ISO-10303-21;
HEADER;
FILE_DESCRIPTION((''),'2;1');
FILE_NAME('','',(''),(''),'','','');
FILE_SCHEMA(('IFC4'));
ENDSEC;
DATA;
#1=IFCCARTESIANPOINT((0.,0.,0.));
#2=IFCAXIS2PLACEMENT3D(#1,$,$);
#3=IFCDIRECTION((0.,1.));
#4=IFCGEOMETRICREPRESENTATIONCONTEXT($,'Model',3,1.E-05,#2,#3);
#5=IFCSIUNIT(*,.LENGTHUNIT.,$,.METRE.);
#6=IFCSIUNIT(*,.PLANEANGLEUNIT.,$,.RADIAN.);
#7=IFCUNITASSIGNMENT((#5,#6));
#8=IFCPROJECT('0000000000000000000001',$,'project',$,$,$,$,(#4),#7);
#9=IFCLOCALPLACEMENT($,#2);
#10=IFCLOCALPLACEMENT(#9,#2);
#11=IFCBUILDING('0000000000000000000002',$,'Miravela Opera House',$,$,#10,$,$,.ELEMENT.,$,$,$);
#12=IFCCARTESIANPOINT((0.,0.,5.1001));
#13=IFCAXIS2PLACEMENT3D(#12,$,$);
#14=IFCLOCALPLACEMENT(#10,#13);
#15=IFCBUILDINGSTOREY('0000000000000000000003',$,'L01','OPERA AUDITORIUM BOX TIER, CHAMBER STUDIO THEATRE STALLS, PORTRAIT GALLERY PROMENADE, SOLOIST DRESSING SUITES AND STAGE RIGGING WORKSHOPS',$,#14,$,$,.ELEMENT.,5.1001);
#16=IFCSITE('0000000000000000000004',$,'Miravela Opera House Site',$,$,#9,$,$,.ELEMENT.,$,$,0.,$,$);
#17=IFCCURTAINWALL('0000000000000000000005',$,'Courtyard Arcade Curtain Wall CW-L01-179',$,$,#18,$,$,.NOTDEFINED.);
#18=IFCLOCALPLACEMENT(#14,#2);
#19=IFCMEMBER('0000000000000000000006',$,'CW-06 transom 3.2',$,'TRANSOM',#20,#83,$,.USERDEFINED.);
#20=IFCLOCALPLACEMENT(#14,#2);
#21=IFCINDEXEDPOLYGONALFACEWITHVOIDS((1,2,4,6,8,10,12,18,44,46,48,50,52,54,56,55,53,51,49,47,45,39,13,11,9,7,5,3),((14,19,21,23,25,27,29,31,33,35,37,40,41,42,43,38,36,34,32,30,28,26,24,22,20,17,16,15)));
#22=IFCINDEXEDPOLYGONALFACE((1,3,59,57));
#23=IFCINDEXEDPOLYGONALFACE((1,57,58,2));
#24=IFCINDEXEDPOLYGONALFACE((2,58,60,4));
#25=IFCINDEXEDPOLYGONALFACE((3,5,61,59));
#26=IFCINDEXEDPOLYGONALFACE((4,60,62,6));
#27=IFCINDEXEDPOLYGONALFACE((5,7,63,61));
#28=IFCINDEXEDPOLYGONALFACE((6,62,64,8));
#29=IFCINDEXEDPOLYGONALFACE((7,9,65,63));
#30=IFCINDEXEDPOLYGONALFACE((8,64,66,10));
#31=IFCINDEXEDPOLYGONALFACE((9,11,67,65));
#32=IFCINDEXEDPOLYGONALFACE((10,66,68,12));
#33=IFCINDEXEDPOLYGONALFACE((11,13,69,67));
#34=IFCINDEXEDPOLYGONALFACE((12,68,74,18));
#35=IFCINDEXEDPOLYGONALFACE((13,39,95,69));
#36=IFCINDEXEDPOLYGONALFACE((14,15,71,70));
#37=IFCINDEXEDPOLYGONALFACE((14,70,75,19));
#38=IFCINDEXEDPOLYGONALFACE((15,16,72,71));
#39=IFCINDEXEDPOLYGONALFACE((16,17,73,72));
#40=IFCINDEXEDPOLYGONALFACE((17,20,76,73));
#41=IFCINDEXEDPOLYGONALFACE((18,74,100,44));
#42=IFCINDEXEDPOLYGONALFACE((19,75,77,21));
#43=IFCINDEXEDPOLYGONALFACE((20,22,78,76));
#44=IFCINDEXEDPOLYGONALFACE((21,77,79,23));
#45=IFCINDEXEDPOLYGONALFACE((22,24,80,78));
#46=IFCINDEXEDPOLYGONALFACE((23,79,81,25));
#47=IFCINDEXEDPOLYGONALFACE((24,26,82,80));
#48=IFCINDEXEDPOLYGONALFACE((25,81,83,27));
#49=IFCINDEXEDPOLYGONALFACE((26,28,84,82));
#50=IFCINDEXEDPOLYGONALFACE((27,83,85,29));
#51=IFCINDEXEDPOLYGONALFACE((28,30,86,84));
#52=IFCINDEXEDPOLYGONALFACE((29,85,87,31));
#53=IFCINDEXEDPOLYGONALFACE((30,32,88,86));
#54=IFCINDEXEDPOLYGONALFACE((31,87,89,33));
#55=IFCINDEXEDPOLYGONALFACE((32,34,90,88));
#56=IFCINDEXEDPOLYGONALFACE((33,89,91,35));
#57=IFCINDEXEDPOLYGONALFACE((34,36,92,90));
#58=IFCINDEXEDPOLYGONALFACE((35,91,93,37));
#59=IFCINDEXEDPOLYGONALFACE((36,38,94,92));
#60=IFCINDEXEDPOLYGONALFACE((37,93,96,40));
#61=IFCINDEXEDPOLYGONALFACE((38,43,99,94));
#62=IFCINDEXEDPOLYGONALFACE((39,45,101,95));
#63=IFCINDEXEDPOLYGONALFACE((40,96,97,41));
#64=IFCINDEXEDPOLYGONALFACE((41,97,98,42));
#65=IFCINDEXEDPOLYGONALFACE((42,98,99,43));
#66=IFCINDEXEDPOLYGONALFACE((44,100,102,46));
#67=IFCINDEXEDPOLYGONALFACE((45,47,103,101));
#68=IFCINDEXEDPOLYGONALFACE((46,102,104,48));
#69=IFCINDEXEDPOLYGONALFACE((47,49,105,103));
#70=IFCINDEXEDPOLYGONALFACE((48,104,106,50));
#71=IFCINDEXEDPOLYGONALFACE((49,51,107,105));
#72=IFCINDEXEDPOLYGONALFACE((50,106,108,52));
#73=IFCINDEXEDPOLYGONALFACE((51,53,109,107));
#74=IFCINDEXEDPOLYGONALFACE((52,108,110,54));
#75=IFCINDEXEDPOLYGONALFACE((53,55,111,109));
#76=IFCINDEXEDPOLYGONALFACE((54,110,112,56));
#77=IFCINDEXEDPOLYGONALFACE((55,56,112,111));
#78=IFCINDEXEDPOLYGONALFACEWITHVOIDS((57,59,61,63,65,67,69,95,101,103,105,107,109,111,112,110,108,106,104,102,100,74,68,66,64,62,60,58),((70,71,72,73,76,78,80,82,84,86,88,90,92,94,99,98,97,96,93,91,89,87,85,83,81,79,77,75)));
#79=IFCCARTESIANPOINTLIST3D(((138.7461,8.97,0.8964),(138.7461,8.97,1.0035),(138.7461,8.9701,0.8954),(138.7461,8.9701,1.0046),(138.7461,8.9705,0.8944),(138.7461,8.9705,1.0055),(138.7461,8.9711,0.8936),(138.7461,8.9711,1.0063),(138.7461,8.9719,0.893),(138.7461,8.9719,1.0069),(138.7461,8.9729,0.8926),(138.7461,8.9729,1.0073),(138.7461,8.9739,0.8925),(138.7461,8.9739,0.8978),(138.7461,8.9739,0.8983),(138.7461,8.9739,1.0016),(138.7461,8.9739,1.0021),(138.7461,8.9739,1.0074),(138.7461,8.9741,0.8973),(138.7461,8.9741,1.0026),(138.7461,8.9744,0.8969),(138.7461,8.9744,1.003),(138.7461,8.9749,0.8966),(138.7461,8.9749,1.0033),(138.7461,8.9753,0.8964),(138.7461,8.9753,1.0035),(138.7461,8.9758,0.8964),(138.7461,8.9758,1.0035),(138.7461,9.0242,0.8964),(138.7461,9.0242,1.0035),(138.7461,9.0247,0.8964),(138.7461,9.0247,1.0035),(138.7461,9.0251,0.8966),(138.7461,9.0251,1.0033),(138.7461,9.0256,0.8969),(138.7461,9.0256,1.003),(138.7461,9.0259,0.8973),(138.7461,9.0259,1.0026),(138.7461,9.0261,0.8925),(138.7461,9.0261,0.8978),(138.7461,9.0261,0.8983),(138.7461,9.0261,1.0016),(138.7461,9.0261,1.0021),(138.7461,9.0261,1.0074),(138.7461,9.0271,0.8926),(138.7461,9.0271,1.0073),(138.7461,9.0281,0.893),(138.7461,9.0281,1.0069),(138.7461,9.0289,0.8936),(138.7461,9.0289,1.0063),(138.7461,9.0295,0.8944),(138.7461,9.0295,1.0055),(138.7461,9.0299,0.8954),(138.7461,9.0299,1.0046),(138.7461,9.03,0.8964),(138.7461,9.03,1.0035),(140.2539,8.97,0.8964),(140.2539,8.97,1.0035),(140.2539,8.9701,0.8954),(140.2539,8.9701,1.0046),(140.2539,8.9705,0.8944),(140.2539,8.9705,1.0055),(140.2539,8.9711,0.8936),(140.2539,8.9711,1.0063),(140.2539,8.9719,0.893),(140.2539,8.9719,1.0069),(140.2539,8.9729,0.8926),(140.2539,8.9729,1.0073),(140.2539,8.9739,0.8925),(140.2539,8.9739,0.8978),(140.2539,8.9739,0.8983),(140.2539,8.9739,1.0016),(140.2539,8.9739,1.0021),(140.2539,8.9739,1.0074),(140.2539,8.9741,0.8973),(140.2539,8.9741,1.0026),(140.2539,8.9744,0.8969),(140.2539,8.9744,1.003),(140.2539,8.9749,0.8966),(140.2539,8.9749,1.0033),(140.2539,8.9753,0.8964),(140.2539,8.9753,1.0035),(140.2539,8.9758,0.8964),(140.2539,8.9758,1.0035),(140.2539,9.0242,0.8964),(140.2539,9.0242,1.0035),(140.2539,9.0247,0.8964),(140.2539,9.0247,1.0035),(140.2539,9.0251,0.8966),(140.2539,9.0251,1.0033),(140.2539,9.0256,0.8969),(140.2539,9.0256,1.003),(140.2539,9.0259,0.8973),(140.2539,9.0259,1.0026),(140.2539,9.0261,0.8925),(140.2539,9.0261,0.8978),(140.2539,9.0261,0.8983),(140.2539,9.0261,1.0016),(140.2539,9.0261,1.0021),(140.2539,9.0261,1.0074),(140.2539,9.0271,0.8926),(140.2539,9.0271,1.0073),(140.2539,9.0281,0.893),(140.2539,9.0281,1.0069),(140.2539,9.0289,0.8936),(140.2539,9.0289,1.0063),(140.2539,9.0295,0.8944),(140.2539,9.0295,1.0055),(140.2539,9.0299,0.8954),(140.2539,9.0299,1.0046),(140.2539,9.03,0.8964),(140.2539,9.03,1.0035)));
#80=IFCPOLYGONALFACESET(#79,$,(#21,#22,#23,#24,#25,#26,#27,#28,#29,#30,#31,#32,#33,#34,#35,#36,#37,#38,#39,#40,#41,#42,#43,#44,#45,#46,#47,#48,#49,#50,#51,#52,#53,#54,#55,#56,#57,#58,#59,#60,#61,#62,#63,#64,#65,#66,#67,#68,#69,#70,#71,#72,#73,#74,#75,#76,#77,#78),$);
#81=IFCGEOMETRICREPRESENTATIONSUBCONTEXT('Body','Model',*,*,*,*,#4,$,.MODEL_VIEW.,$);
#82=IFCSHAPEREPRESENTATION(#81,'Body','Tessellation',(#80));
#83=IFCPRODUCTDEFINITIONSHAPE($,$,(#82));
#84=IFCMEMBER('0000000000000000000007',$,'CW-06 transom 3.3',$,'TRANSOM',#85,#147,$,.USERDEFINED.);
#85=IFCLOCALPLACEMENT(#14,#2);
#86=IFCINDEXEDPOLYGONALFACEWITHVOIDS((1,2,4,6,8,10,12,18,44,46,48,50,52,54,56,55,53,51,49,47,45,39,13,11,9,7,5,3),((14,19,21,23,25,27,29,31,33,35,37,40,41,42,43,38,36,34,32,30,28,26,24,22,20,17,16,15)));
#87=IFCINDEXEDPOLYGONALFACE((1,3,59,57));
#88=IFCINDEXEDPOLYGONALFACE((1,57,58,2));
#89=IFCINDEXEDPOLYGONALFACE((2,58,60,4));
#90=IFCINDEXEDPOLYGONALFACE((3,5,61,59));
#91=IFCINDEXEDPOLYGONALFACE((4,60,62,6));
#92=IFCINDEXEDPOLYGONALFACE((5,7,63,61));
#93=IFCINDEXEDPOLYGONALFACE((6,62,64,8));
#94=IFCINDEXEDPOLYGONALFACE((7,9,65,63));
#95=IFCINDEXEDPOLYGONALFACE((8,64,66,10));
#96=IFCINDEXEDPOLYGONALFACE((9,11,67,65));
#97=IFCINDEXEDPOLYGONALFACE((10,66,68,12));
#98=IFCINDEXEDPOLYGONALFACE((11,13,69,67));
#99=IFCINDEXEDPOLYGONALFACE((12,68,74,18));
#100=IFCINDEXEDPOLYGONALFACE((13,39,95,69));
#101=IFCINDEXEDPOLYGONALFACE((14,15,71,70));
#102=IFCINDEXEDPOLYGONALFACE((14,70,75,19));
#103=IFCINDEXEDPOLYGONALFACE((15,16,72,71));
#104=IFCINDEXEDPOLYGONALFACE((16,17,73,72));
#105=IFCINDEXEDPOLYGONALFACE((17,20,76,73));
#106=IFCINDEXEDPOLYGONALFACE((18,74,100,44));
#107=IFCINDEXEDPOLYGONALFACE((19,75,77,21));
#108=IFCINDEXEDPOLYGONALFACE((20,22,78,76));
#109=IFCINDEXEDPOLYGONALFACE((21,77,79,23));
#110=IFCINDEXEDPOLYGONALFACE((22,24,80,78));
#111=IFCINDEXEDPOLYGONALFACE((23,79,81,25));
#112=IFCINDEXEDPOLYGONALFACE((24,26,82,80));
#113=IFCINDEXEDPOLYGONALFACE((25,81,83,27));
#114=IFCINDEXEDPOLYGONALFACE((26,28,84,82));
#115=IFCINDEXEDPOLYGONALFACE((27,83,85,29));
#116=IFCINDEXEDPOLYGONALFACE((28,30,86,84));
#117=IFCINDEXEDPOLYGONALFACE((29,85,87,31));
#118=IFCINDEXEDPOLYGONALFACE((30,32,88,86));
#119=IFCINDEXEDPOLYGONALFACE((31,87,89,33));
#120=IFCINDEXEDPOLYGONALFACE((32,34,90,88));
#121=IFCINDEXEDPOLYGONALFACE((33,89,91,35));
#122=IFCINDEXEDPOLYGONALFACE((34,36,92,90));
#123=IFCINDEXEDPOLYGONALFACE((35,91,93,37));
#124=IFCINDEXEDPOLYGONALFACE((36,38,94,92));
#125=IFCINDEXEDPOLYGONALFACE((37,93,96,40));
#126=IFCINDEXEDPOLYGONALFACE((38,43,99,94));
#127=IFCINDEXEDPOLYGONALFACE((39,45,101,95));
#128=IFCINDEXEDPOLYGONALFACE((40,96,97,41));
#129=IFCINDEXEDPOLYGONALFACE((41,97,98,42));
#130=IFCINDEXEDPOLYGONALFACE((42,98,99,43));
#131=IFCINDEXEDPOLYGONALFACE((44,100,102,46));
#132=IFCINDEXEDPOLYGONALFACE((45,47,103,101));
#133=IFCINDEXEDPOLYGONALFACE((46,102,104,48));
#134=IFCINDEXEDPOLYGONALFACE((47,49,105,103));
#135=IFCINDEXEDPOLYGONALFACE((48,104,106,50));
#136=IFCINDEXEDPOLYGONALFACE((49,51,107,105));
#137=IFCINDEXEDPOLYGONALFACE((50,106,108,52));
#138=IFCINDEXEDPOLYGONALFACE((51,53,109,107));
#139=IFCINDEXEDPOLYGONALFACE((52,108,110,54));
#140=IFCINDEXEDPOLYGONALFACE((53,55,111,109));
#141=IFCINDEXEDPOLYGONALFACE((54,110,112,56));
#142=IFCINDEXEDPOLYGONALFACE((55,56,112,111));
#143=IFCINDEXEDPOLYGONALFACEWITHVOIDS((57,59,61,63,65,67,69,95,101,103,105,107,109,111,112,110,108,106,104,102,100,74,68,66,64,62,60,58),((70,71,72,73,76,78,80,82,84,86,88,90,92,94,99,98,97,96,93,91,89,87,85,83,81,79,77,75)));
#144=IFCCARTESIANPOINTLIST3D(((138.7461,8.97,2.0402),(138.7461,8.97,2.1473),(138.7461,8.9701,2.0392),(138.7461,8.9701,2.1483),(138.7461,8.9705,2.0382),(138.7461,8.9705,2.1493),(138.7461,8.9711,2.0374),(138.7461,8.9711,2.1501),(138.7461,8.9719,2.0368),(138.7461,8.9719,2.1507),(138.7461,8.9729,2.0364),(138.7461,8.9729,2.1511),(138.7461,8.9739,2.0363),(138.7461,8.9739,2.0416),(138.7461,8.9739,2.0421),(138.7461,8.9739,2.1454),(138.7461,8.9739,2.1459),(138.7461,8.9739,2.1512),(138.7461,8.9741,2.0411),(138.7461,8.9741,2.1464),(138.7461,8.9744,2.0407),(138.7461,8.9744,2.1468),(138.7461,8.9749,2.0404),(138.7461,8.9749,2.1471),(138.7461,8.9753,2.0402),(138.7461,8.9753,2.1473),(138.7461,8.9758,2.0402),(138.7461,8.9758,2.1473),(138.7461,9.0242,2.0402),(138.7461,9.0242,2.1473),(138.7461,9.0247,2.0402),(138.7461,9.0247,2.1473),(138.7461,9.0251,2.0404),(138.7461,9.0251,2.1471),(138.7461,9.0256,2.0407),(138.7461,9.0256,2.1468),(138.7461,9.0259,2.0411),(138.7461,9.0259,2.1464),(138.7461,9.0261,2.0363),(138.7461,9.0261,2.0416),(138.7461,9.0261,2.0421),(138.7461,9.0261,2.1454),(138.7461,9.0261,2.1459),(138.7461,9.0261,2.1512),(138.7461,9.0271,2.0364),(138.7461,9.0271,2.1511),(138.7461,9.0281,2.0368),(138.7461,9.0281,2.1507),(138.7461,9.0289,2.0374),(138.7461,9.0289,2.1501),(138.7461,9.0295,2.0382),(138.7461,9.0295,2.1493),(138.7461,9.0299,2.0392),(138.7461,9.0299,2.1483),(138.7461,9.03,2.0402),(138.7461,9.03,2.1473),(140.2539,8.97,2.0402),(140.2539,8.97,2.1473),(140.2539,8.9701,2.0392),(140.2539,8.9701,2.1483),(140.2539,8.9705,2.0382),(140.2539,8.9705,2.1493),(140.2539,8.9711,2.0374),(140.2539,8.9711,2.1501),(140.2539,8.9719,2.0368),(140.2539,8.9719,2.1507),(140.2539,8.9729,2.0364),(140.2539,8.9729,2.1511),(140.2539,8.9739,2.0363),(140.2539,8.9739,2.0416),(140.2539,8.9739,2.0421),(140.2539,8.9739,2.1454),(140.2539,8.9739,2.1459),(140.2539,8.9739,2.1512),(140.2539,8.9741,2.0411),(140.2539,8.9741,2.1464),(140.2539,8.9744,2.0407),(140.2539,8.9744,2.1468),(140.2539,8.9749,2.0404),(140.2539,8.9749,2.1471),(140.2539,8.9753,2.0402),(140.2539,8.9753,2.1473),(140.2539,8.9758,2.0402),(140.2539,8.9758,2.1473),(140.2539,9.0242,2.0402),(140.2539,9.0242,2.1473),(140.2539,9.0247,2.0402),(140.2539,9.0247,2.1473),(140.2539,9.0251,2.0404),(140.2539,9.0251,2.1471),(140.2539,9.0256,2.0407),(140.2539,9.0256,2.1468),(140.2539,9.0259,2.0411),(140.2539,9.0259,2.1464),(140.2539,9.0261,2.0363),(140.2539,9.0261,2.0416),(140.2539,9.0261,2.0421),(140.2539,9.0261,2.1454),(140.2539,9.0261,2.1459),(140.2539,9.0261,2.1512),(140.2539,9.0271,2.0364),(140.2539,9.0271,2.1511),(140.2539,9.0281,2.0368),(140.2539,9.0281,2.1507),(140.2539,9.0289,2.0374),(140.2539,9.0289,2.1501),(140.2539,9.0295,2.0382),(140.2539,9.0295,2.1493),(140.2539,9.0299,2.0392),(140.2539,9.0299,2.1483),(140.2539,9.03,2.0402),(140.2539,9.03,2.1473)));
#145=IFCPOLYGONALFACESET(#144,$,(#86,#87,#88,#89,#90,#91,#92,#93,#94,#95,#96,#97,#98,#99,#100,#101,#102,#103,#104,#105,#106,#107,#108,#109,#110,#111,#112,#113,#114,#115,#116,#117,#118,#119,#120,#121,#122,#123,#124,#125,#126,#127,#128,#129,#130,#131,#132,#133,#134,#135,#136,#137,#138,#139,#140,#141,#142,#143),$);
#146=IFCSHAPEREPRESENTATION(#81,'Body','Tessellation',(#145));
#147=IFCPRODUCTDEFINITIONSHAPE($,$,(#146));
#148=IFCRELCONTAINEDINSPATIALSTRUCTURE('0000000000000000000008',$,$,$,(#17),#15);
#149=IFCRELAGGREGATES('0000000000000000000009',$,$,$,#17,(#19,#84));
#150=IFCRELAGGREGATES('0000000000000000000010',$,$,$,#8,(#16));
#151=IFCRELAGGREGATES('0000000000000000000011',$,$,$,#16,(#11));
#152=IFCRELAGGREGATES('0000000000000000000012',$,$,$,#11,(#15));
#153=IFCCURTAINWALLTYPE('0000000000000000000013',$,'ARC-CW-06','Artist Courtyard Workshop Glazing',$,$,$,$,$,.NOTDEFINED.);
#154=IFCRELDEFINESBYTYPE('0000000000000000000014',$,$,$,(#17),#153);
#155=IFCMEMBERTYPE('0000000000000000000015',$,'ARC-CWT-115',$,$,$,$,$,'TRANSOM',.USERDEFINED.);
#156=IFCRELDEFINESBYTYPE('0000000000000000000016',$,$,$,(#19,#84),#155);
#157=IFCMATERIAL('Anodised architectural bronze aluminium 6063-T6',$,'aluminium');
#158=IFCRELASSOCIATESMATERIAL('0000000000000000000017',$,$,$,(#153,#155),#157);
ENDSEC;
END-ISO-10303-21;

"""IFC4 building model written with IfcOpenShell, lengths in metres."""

from ifc_helpers import new_model, si_unit, direction, frame, origin, origin_2d, place, context, subcontext, project, spatial, hollow_rectangle, extrude, material, material_profile, profile_set, type_object, element, aggregate, save


model = new_model("IFC4")

# Units and contexts
model_context = context("Model", 3, precision=1e-05, world=origin(), true_north=direction((0.0, 1.0)))
body_context = subcontext(model_context, "Body", "Model", "MODEL_VIEW")
ifc_project = project(units=[si_unit("LENGTHUNIT", "METRE"), si_unit("PLANEANGLEUNIT", "RADIAN")], contexts=[model_context])

# Site, building, storey
site_placement = place(None, origin())
site = spatial("IfcSite", under=ifc_project, at=site_placement, Name="Miravela Opera House Site", CompositionType="ELEMENT", RefElevation=0.0)
building_placement = place(site_placement, origin())
building = spatial("IfcBuilding", under=site, at=building_placement, Name="Miravela Opera House", CompositionType="ELEMENT")
storey_placement = place(building_placement, frame((0.0, 0.0, 5.1001)))
storey = spatial("IfcBuildingStorey", under=building, at=storey_placement, Name="L01", Description="OPERA AUDITORIUM BOX TIER, CHAMBER STUDIO THEATRE STALLS, PORTRAIT GALLERY PROMENADE, SOLOIST DRESSING SUITES AND STAGE RIGGING WORKSHOPS", CompositionType="ELEMENT", Elevation=5.1001)

# Curtain wall, members
ifc_material_1 = material(Name="Anodised architectural bronze aluminium 6063-T6", Category="aluminium")
curtain_wall_type = type_object("IfcCurtainWallType", Name="ARC-CW-06", Description="Artist Courtyard Workshop Glazing", PredefinedType="NOTDEFINED", material=ifc_material_1)
curtain_wall_placement = place(storey_placement, origin())
curtain_wall = element("IfcCurtainWall", 1, at=curtain_wall_placement, inside=storey, type_object=curtain_wall_type, Name="Courtyard Arcade Curtain Wall CW-L01-179", PredefinedType="NOTDEFINED")
ifc_material_profile_1 = material_profile(ifc_material_1, hollow_rectangle(XDim=0.0601, YDim=0.115, WallThickness=0.0039, InnerFilletRadius=0.002, OuterFilletRadius=0.0039, at=origin_2d()), Name="CWT-60X115")
ifc_profile_set_1 = profile_set([ifc_material_profile_1])
member_type_1 = type_object("IfcMemberType", Name="ARC-CWT-115", ElementType="TRANSOM", PredefinedType="USERDEFINED", material=ifc_profile_set_1)
member_1_placement = place(storey_placement, frame((138.7461, 9.0, 0.95), z_axis=(1.0, 0.0, 0.0), x_axis=(0.0, 1.0, 0.0)))
member_1 = element("IfcMember", 2, at=member_1_placement, type_object=member_type_1, Name="CW-06 transom 3.2", ObjectType="TRANSOM", PredefinedType="USERDEFINED", context=body_context, shape_type="SweptSolid", body=[
    extrude(hollow_rectangle(XDim=0.0601, YDim=0.115, WallThickness=0.0039, InnerFilletRadius=0.002, OuterFilletRadius=0.0039, at=origin_2d()), origin(), (0.0, 0.0, 1.0), 1.5078),
])
member_2_placement = place(storey_placement, frame((138.7461, 9.0, 2.0938), z_axis=(1.0, 0.0, 0.0), x_axis=(0.0, 1.0, 0.0)))
member_2 = element("IfcMember", 3, at=member_2_placement, type_object=member_type_1, Name="CW-06 transom 3.3", ObjectType="TRANSOM", PredefinedType="USERDEFINED", context=body_context, shape_type="SweptSolid", body=[
    extrude(hollow_rectangle(XDim=0.0601, YDim=0.115, WallThickness=0.0039, InnerFilletRadius=0.002, OuterFilletRadius=0.0039, at=origin_2d()), origin(), (0.0, 0.0, 1.0), 1.5078),
])
aggregate(curtain_wall, [member_1, member_2])

save(model, "model.ifc")
